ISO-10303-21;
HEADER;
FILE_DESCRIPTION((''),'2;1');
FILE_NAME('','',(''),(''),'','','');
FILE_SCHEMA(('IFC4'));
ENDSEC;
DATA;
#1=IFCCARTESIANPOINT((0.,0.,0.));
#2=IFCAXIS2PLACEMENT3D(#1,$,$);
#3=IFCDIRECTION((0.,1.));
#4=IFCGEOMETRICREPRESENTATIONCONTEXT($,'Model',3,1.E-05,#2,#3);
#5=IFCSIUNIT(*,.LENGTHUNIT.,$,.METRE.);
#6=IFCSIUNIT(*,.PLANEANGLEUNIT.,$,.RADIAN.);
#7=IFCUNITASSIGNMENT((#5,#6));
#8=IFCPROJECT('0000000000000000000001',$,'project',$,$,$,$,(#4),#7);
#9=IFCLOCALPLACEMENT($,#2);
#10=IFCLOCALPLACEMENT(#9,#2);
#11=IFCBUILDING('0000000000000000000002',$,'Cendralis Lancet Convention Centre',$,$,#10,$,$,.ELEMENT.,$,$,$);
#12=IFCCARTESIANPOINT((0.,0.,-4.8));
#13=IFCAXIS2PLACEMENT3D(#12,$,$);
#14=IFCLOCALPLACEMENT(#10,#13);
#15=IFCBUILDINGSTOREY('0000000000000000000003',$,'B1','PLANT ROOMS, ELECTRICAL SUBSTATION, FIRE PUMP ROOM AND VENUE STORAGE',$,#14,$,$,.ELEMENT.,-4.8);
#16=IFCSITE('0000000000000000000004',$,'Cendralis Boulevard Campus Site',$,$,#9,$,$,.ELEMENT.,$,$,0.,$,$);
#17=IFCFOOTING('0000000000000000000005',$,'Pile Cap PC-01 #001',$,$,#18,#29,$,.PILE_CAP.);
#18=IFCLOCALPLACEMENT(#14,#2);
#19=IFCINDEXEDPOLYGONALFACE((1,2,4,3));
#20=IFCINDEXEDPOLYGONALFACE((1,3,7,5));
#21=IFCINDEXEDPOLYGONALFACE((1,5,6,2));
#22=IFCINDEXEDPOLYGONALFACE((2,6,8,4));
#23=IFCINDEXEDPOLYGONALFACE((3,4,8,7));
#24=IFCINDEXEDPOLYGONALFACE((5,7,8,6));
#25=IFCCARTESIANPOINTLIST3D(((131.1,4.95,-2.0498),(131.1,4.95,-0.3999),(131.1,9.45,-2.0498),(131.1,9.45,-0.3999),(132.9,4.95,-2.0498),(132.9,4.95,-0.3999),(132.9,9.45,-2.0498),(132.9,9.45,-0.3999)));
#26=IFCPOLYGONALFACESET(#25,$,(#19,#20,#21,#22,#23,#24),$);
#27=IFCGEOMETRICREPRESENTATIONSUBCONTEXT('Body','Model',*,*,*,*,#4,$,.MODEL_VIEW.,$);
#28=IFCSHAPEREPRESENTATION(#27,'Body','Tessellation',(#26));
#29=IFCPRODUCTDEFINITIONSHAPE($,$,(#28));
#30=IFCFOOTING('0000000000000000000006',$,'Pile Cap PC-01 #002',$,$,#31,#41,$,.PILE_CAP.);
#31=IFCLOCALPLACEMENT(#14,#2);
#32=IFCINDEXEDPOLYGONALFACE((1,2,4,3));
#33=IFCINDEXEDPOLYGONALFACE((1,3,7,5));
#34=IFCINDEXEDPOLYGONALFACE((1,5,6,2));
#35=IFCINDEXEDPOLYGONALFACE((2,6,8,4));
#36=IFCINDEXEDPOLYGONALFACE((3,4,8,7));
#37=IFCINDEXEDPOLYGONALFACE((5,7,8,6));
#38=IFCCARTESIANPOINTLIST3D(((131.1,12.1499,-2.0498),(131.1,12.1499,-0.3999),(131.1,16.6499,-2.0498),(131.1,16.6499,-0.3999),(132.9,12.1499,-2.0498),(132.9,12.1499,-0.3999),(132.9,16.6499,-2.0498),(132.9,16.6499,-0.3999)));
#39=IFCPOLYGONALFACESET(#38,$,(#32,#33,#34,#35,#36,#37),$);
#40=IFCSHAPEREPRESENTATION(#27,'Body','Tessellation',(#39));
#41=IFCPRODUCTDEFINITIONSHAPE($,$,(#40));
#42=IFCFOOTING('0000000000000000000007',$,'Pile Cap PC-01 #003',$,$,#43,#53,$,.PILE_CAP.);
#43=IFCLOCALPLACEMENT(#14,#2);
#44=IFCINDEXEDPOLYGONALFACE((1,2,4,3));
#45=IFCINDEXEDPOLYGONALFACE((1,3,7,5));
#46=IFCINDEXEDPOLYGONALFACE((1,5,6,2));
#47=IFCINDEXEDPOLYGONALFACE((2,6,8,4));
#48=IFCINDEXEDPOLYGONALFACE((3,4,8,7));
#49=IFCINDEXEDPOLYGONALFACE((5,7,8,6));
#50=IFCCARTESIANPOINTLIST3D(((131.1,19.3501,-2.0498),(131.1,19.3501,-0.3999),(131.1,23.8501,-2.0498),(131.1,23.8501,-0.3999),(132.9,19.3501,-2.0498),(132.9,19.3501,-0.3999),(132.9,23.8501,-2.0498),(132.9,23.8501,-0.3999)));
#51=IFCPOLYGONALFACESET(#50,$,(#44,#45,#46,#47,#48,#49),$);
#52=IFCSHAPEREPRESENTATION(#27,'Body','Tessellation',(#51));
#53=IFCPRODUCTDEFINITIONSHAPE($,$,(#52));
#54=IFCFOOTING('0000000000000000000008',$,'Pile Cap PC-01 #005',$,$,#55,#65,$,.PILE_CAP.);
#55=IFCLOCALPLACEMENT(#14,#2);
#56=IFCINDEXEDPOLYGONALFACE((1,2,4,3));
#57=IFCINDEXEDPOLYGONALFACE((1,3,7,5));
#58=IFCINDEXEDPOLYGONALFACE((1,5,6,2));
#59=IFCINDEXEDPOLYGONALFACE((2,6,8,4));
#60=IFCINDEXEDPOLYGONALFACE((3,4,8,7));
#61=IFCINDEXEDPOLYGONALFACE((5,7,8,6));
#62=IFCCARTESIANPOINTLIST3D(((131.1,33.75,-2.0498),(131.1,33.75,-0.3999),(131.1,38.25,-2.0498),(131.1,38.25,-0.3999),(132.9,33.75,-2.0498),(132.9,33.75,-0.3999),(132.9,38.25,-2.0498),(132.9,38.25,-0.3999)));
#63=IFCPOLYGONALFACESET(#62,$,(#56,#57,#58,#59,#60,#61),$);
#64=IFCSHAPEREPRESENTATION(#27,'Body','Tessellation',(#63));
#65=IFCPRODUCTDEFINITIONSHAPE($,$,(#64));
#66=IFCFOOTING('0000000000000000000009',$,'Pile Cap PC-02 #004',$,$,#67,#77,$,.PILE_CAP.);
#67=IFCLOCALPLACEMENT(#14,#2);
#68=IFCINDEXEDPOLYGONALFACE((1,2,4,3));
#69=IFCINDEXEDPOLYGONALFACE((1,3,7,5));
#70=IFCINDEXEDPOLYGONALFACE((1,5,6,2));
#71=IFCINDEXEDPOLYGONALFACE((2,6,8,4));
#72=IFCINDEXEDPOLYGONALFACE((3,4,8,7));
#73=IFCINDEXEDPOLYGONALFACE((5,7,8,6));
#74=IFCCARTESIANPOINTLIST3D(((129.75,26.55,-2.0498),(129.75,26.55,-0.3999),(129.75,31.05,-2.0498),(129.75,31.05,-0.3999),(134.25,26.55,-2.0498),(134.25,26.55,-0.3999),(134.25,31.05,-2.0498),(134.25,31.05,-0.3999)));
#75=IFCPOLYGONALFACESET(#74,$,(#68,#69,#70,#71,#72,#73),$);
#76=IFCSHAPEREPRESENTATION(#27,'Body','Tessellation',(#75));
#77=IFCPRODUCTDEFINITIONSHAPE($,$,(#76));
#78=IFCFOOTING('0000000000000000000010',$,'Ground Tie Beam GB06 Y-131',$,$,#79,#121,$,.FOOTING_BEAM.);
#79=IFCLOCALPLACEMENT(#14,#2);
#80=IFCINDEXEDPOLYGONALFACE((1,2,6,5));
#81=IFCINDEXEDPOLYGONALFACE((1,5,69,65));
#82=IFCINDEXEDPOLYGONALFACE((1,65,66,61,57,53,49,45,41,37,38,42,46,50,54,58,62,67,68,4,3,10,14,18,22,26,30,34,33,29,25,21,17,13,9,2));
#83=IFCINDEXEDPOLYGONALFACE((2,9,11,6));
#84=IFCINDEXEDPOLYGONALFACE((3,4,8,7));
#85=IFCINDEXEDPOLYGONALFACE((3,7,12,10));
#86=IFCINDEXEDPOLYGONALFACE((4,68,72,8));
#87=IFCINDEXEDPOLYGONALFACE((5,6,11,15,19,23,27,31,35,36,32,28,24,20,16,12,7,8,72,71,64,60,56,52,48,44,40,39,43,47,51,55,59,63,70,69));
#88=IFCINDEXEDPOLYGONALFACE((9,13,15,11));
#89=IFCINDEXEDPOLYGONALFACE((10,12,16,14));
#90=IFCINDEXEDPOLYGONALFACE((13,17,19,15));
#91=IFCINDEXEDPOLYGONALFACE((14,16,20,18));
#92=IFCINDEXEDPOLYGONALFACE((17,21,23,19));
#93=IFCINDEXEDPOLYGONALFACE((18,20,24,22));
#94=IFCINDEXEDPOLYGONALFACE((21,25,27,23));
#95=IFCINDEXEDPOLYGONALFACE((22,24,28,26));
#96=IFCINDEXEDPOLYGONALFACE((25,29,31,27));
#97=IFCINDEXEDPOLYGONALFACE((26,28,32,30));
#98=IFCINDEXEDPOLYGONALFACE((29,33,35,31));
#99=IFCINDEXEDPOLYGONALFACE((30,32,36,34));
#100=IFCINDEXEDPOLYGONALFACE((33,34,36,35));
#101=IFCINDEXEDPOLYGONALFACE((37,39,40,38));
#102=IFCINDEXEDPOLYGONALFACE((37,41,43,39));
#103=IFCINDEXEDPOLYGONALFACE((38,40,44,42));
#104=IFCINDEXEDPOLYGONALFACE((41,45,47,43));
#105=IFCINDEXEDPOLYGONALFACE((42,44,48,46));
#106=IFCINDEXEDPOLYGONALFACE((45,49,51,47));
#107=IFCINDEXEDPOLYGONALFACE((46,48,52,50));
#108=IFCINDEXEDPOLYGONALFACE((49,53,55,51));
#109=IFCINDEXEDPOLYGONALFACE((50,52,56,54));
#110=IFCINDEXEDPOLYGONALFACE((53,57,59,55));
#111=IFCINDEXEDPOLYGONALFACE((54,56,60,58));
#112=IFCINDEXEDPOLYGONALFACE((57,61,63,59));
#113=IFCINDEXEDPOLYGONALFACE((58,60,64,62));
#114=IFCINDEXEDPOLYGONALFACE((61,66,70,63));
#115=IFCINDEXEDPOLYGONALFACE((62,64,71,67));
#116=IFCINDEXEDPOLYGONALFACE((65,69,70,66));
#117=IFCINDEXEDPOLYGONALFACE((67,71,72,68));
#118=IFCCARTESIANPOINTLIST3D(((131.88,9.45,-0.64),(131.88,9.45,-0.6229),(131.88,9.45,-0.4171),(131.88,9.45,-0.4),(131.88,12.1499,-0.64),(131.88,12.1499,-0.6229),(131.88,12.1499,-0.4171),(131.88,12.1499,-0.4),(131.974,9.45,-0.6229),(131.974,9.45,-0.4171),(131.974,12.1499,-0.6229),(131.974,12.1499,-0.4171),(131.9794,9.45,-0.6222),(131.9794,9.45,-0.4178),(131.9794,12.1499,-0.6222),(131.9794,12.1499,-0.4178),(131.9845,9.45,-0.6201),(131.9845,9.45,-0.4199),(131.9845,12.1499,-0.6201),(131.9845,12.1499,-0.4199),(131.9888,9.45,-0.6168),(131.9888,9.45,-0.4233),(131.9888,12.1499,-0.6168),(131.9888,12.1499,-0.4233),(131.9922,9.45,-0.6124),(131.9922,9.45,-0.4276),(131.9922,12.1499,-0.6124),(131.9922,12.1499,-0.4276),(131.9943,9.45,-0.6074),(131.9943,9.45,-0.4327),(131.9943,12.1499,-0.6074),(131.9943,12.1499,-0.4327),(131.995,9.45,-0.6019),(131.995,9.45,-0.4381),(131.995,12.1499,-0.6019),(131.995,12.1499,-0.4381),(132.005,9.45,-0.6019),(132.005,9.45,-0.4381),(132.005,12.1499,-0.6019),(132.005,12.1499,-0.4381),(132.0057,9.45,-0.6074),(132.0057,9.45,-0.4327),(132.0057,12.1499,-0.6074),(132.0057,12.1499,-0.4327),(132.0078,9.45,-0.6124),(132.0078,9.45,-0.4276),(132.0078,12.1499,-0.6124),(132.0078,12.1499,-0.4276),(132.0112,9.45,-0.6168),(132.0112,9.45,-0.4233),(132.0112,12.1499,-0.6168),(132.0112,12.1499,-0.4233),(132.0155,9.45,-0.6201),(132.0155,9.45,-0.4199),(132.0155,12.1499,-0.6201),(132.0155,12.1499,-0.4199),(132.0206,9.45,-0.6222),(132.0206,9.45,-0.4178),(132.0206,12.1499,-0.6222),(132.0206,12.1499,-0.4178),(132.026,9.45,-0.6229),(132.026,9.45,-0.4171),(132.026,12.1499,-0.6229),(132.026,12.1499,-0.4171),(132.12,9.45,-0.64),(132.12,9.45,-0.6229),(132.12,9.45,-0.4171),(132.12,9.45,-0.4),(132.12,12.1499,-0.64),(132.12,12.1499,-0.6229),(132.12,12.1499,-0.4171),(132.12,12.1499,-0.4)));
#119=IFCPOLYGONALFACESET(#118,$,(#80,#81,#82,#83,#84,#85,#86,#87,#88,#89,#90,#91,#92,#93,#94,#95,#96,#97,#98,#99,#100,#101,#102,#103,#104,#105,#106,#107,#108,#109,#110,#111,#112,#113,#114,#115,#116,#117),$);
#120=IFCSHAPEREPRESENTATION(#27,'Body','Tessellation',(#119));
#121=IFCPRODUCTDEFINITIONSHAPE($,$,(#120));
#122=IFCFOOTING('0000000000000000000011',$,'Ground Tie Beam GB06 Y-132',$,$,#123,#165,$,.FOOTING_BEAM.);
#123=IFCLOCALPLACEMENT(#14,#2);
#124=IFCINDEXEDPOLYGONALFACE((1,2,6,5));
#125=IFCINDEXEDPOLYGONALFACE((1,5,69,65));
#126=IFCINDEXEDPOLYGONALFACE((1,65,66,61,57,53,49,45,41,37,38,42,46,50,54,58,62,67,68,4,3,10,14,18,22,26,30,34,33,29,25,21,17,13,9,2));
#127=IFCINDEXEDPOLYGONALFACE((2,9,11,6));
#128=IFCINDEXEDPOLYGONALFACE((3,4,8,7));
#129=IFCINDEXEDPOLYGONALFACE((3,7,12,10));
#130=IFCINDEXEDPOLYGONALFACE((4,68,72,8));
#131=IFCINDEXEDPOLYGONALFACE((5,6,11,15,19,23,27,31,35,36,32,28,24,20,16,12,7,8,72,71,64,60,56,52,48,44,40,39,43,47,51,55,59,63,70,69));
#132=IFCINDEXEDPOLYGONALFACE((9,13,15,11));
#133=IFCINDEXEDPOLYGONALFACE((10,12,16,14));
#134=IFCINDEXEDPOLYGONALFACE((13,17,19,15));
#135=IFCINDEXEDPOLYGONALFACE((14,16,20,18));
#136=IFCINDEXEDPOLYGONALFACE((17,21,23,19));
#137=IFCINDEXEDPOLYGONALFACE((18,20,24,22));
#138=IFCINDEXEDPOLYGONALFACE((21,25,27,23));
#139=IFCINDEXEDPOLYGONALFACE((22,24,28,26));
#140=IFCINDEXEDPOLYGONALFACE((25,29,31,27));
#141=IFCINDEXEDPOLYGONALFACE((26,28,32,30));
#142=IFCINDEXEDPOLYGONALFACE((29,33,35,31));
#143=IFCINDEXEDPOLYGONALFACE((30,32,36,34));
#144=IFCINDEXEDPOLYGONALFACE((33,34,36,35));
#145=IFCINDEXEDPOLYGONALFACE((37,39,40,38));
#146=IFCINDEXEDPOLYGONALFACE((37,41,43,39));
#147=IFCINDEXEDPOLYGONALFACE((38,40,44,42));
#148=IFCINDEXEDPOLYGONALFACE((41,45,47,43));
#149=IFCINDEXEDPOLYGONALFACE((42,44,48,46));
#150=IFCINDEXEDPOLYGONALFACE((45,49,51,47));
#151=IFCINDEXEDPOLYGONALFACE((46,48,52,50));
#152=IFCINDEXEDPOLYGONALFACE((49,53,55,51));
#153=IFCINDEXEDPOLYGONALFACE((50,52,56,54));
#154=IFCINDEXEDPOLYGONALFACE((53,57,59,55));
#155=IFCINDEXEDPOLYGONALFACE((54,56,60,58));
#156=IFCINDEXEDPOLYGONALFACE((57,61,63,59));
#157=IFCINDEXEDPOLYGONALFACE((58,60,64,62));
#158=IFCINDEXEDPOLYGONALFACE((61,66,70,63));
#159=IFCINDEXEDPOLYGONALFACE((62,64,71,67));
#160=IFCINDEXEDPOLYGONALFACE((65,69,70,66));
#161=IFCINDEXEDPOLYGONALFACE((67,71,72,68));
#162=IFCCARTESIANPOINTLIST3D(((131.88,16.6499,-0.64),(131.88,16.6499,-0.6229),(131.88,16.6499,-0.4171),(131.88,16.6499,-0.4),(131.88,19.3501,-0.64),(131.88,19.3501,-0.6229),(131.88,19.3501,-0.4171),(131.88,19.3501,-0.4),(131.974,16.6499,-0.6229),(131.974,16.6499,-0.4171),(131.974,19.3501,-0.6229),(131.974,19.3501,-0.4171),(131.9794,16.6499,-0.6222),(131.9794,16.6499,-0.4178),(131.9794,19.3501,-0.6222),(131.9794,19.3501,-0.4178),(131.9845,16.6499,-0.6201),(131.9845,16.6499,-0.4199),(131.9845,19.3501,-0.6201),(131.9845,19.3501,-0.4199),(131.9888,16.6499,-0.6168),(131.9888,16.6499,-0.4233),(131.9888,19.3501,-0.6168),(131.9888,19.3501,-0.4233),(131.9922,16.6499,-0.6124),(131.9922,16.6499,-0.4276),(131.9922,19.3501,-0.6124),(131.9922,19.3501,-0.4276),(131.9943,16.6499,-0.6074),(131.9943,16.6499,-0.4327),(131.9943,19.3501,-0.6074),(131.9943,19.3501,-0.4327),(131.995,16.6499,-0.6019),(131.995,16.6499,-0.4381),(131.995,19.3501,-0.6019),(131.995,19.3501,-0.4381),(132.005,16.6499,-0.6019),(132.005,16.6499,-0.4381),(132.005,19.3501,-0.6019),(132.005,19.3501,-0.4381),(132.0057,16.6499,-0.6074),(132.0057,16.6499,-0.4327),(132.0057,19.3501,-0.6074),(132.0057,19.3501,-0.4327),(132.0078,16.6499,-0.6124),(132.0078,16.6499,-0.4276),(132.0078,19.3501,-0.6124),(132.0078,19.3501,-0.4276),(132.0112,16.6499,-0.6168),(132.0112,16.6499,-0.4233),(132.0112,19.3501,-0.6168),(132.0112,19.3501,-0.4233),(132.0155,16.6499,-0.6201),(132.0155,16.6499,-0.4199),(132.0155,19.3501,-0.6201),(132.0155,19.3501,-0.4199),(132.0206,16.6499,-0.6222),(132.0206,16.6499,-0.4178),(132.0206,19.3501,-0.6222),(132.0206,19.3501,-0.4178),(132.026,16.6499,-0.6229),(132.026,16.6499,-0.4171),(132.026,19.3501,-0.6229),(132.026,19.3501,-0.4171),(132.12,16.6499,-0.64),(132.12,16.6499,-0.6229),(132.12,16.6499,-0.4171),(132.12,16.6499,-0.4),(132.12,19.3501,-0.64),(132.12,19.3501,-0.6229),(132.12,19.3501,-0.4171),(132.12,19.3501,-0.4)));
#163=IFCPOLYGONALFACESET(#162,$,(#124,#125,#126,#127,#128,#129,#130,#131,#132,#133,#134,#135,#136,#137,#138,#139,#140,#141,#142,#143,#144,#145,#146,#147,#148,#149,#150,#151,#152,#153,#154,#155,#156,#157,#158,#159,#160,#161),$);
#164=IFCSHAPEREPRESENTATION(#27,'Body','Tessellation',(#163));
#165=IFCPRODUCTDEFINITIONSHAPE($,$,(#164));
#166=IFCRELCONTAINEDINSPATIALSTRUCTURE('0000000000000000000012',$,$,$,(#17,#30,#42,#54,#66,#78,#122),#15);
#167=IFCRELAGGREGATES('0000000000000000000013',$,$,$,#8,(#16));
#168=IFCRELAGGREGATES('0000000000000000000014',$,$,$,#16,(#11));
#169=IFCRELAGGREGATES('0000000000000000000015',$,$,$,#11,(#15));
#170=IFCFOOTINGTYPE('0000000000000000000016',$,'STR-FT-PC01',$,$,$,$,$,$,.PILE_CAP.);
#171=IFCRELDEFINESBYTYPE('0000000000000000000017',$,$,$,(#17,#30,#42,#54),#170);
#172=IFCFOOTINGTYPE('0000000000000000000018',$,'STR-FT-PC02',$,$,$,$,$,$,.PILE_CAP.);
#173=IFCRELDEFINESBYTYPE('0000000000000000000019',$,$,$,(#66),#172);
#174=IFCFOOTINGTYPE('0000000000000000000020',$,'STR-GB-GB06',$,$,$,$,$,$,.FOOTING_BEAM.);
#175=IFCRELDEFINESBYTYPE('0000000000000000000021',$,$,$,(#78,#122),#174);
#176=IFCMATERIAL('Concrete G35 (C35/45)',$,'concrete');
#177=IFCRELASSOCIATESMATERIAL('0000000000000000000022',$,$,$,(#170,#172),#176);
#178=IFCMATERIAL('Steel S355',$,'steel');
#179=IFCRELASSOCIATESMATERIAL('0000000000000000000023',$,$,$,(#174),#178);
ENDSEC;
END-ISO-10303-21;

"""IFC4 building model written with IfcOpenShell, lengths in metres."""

from ifc_helpers import new_model, si_unit, direction, frame, origin, origin_2d, place, context, subcontext, project, spatial, rectangle, i_section, extrude, material, material_profile, profile_set, type_object, element, save


model = new_model("IFC4")

# Units and contexts
model_context = context("Model", 3, precision=1e-05, world=origin(), true_north=direction((0.0, 1.0)))
body_context = subcontext(model_context, "Body", "Model", "MODEL_VIEW")
ifc_project = project(units=[si_unit("LENGTHUNIT", "METRE"), si_unit("PLANEANGLEUNIT", "RADIAN")], contexts=[model_context])

# Site, building, storey
site_placement = place(None, origin())
site = spatial("IfcSite", under=ifc_project, at=site_placement, Name="Cendralis Boulevard Campus Site", CompositionType="ELEMENT", RefElevation=0.0)
building_placement = place(site_placement, origin())
building = spatial("IfcBuilding", under=site, at=building_placement, Name="Cendralis Lancet Convention Centre", CompositionType="ELEMENT")
storey_placement = place(building_placement, frame((0.0, 0.0, -4.8)))
storey = spatial("IfcBuildingStorey", under=building, at=storey_placement, Name="B1", Description="PLANT ROOMS, ELECTRICAL SUBSTATION, FIRE PUMP ROOM AND VENUE STORAGE", CompositionType="ELEMENT", Elevation=-4.8)

# Footings
ifc_material_1 = material(Name="Concrete G35 (C35/45)", Category="concrete")
footing_type_1 = type_object("IfcFootingType", Name="STR-FT-PC01", PredefinedType="PILE_CAP", material=ifc_material_1)
for number, where, z_axis, x_axis, name in (
    (1, (132.0, 7.2, -2.0498), (0.0, 0.0, 1.0), (1.0, 0.0, 0.0), "Pile Cap PC-01 #001"),
    (2, (132.0, 14.3999, -2.0498), (0.0, 0.0, 1.0), (1.0, 0.0, 0.0), "Pile Cap PC-01 #002"),
    (3, (132.0, 21.6001, -2.0498), (0.0, 0.0, 1.0), (1.0, 0.0, 0.0), "Pile Cap PC-01 #003"),
    (4, (132.0, 36.0, -2.0498), (0.0, 0.0, 1.0), (1.0, 0.0, 0.0), "Pile Cap PC-01 #005"),
):
    element("IfcFooting", number, at=place(storey_placement, frame(where, z_axis=z_axis, x_axis=x_axis)), inside=storey, type_object=footing_type_1, Name=name, PredefinedType="PILE_CAP", context=body_context, shape_type="SweptSolid", body=[
        extrude(rectangle(XDim=1.8, YDim=4.5, at=origin_2d()), origin(), (0.0, 0.0, 1.0), 1.6499),
    ])
footing_type_2 = type_object("IfcFootingType", Name="STR-FT-PC02", PredefinedType="PILE_CAP", material=ifc_material_1)
footing_1_placement = place(storey_placement, frame((132.0, 28.8, -2.0498), z_axis=(0.0, 0.0, 1.0), x_axis=(1.0, 0.0, 0.0)))
element("IfcFooting", 5, at=footing_1_placement, inside=storey, type_object=footing_type_2, Name="Pile Cap PC-02 #004", PredefinedType="PILE_CAP", context=body_context, shape_type="SweptSolid", body=[
    extrude(rectangle(XDim=4.5, YDim=4.5, at=origin_2d()), origin(), (0.0, 0.0, 1.0), 1.6499),
])
ifc_material_2 = material(Name="Steel S355", Category="steel")
ifc_material_profile_1 = material_profile(ifc_material_2, i_section(OverallWidth=0.24, OverallDepth=0.24, WebThickness=0.01, FlangeThickness=0.0171, FilletRadius=0.021, at=origin_2d()), Name="HEB 240")
ifc_profile_set_1 = profile_set([ifc_material_profile_1], Name="Steel S355")
footing_type_3 = type_object("IfcFootingType", Name="STR-GB-GB06", PredefinedType="FOOTING_BEAM", material=ifc_profile_set_1)
footing_2_placement = place(storey_placement, frame((132.0, 9.45, -0.52), z_axis=(0.0, 1.0, 0.0), x_axis=(-1.0, 0.0, 0.0)))
element("IfcFooting", 6, at=footing_2_placement, inside=storey, type_object=footing_type_3, Name="Ground Tie Beam GB06 Y-131", PredefinedType="FOOTING_BEAM", context=body_context, shape_type="SweptSolid", body=[
    extrude(i_section(OverallWidth=0.24, OverallDepth=0.24, WebThickness=0.01, FlangeThickness=0.0171, FilletRadius=0.021, at=origin_2d()), origin(), (0.0, 0.0, 1.0), 2.7),
])
footing_3_placement = place(storey_placement, frame((132.0, 16.6499, -0.52), z_axis=(0.0, 1.0, 0.0), x_axis=(-1.0, 0.0, 0.0)))
element("IfcFooting", 7, at=footing_3_placement, inside=storey, type_object=footing_type_3, Name="Ground Tie Beam GB06 Y-132", PredefinedType="FOOTING_BEAM", context=body_context, shape_type="SweptSolid", body=[
    extrude(i_section(OverallWidth=0.24, OverallDepth=0.24, WebThickness=0.01, FlangeThickness=0.0171, FilletRadius=0.021, at=origin_2d()), origin(), (0.0, 0.0, 1.0), 2.7002),
])

save(model, "model.ifc")
